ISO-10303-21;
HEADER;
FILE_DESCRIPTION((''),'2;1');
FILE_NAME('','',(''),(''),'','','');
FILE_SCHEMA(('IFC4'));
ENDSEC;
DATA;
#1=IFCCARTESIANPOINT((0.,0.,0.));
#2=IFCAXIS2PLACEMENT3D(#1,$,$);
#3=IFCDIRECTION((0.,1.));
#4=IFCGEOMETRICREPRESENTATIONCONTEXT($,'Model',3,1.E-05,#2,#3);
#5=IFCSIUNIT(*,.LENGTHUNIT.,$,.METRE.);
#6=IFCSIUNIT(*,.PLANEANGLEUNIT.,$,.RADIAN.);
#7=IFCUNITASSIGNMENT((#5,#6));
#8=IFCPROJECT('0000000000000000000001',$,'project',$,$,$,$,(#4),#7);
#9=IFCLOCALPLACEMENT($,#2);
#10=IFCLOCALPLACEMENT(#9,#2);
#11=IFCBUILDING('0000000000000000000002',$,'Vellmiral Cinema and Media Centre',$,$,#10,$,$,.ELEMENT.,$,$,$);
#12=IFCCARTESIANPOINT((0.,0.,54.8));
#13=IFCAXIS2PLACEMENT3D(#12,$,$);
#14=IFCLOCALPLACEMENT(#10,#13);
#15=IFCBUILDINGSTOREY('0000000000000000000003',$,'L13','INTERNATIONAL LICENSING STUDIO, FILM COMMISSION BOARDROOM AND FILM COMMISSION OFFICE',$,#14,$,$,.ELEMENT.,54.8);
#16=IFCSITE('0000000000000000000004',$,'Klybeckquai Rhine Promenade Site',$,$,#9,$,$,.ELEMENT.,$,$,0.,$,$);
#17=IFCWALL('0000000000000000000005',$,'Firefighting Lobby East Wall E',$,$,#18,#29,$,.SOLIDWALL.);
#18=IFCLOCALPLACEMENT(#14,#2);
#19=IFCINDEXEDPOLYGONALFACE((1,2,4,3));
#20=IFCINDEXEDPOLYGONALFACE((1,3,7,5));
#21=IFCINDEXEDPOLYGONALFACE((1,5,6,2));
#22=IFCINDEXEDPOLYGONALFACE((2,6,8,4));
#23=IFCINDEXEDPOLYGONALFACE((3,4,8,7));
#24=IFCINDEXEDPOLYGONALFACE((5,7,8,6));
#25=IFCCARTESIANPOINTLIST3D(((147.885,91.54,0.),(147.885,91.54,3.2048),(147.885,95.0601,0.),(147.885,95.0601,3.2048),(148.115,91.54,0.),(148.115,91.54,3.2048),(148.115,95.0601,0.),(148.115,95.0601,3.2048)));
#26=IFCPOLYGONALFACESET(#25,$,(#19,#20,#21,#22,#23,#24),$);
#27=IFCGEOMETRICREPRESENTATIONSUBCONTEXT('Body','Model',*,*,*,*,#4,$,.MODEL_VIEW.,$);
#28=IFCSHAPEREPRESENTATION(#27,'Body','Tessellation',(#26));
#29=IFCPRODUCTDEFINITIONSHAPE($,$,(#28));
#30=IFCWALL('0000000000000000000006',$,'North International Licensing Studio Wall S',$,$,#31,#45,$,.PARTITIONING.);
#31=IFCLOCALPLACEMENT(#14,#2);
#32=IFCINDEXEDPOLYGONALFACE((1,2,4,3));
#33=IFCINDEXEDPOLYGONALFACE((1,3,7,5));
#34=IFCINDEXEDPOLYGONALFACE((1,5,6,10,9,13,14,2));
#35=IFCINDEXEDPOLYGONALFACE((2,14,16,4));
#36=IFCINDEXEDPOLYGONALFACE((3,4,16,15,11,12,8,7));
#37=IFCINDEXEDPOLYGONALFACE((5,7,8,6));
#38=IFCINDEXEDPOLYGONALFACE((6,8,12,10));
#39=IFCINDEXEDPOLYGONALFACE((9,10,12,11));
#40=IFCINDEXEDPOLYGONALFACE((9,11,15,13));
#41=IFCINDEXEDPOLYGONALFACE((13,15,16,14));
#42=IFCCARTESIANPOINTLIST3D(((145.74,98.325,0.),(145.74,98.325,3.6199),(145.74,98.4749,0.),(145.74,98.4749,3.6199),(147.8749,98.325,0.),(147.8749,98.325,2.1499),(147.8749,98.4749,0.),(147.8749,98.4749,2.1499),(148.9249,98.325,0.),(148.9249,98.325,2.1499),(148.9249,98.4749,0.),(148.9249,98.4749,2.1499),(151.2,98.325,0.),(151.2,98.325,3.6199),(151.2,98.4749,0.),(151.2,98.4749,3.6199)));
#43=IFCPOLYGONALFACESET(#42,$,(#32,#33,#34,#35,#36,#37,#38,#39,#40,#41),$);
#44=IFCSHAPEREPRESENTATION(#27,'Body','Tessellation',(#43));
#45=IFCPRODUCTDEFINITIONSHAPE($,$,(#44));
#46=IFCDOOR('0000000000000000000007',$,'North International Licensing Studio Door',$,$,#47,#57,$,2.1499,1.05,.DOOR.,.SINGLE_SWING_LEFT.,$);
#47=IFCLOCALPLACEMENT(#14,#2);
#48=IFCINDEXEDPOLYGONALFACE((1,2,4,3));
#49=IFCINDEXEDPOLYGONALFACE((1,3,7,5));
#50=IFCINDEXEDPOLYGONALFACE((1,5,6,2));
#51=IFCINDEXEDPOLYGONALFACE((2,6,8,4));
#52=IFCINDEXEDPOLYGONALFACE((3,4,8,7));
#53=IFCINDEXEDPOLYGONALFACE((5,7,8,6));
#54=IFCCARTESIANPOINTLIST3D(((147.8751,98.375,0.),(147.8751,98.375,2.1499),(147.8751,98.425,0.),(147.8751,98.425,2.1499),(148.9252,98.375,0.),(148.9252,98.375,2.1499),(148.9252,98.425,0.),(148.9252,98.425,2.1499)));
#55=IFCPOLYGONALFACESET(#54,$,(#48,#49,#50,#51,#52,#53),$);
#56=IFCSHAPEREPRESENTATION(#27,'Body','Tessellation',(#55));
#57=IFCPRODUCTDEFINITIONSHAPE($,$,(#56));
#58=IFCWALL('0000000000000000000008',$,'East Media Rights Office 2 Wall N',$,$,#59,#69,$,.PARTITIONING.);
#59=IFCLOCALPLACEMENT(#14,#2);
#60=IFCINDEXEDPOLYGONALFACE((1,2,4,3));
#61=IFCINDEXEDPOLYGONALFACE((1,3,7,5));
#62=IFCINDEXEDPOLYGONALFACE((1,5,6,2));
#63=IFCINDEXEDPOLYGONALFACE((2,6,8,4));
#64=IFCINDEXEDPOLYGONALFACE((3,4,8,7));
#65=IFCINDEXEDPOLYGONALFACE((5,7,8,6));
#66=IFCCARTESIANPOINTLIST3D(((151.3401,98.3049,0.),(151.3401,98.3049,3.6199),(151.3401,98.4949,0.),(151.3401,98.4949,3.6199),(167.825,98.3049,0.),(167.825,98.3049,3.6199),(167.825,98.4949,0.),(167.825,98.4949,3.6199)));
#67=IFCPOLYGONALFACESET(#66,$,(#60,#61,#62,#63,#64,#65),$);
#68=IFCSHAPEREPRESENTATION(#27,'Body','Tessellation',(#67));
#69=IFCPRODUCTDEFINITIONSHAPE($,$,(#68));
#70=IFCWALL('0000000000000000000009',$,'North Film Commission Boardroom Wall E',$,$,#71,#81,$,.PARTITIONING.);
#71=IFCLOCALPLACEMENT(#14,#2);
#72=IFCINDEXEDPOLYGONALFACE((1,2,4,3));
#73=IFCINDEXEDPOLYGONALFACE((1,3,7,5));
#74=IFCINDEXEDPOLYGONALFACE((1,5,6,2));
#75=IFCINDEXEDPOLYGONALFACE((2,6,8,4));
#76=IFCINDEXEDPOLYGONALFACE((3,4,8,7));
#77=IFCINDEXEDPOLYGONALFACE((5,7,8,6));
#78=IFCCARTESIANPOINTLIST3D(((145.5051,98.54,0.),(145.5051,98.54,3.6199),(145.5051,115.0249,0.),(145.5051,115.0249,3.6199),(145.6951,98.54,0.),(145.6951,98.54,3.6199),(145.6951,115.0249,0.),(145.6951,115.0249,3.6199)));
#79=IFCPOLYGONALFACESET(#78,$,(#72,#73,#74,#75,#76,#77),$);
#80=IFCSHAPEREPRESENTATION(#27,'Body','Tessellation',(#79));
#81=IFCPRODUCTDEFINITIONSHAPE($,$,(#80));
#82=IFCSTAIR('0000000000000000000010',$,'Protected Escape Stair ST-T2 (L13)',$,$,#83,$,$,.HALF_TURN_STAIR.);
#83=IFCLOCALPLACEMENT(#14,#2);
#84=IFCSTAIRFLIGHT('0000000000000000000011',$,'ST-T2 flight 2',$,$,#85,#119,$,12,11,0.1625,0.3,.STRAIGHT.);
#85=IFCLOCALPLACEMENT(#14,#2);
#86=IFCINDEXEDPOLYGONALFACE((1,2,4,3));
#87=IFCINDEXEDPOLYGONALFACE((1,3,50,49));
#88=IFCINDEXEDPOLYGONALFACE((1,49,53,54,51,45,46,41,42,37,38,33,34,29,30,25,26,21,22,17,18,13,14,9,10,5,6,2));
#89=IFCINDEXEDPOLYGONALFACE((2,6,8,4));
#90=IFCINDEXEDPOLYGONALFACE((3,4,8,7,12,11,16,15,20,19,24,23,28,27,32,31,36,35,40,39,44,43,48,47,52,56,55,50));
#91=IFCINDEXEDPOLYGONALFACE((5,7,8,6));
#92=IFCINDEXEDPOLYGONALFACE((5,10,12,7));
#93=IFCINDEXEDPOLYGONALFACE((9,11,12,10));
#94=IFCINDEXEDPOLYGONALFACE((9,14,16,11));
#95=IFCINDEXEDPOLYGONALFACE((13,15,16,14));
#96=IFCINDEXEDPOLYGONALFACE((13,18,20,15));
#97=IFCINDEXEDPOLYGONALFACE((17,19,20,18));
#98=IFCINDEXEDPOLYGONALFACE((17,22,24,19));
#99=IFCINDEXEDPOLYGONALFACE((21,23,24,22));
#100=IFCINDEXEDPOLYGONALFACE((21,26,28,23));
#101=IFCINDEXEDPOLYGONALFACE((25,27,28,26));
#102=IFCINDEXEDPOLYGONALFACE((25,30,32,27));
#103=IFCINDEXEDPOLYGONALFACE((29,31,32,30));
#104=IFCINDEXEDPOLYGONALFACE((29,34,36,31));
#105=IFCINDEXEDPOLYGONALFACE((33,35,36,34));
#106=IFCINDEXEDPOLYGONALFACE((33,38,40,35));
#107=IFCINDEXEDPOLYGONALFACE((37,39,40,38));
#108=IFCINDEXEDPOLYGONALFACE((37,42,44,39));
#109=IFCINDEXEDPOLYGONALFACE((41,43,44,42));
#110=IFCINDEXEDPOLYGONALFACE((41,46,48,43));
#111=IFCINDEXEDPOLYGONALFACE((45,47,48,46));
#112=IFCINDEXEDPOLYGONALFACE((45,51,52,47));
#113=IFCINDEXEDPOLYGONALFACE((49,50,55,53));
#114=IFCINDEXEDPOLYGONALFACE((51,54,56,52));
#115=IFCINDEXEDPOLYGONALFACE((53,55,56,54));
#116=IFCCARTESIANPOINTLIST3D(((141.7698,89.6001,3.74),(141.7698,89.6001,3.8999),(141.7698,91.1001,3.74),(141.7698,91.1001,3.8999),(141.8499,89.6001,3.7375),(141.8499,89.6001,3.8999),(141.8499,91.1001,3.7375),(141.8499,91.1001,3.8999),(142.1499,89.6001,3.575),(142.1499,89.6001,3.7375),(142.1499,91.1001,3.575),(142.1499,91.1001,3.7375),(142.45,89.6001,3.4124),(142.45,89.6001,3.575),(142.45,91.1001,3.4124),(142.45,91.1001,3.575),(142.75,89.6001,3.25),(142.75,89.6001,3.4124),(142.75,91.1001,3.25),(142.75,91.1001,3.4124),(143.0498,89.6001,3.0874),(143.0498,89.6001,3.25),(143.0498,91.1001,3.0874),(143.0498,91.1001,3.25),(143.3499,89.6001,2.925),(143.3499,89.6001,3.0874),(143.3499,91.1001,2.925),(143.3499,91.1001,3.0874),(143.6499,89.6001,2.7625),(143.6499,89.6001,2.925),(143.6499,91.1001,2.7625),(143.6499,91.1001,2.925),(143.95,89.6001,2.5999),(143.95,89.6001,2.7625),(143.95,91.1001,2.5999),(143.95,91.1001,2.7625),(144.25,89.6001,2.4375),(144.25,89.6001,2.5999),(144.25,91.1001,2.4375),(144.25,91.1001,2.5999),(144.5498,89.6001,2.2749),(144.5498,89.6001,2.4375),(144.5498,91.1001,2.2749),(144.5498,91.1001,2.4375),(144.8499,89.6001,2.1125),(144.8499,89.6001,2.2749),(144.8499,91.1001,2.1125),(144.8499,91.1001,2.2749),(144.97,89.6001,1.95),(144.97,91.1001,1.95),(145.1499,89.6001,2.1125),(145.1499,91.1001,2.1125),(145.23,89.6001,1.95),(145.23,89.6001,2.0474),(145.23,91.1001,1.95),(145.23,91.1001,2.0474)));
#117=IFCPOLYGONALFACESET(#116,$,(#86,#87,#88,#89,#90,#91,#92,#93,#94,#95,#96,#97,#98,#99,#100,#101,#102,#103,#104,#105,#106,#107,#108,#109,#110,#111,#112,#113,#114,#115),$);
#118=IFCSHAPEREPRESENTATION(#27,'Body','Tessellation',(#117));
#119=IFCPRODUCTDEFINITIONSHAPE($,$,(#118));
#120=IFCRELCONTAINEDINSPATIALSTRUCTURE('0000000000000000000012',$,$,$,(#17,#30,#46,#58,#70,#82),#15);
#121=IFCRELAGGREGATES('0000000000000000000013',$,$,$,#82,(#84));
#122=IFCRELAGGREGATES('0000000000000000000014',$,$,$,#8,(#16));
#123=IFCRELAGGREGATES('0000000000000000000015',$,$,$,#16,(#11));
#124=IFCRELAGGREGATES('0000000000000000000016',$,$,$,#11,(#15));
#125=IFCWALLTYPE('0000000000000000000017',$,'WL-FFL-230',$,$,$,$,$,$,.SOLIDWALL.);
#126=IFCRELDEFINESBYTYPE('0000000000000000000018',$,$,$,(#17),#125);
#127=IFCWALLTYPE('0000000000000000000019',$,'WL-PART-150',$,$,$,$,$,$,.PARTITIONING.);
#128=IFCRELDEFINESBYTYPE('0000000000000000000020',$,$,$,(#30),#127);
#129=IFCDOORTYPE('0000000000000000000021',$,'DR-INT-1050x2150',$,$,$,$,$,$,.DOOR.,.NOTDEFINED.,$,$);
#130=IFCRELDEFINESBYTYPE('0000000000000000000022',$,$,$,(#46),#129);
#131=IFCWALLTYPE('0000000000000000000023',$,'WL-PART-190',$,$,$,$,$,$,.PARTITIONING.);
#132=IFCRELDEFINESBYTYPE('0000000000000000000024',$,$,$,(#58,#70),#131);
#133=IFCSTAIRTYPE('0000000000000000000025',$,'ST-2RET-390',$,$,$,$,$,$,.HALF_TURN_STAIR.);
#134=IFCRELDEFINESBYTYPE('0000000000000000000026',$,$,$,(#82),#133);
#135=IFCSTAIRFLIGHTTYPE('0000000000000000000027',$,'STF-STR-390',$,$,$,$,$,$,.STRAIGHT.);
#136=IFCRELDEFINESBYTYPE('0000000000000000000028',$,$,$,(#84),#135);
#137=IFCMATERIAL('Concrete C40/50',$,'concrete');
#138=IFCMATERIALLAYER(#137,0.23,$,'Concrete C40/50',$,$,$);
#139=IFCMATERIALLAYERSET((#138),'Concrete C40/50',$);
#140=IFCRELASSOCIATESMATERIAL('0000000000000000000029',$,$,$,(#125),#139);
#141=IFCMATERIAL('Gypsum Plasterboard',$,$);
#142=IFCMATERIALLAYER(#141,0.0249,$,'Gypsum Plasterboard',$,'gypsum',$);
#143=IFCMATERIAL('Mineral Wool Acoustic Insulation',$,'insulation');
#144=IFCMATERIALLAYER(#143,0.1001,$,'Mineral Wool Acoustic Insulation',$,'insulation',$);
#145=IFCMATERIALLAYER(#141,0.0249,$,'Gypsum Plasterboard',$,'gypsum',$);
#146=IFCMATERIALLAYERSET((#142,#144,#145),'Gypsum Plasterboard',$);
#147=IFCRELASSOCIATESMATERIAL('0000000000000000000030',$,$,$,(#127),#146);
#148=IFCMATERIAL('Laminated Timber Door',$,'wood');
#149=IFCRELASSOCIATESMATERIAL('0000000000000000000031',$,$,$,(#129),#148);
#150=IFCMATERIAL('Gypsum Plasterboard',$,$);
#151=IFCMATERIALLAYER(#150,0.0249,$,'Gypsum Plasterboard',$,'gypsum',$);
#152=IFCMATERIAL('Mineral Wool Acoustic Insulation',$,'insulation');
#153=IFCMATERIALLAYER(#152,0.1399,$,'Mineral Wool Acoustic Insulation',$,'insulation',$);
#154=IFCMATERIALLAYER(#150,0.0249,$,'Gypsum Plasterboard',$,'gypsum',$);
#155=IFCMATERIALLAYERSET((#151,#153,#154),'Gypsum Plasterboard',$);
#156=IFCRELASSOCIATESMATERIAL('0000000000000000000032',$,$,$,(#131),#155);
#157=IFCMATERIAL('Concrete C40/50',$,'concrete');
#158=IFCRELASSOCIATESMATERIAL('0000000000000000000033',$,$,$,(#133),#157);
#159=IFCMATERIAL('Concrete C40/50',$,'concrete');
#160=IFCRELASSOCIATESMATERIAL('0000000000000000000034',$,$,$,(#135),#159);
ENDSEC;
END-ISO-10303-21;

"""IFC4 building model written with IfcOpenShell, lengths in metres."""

from ifc_helpers import new_model, si_unit, direction, frame, frame_2d, origin, place, context, subcontext, project, spatial, polyline, rectangle, outline, extrude, material, layer, layer_set, type_object, element, fill, aggregate, save


model = new_model("IFC4")

# Units and contexts
model_context = context("Model", 3, precision=1e-05, world=origin(), true_north=direction((0.0, 1.0)))
body_context = subcontext(model_context, "Body", "Model", "MODEL_VIEW")
ifc_project = project(units=[si_unit("LENGTHUNIT", "METRE"), si_unit("PLANEANGLEUNIT", "RADIAN")], contexts=[model_context])

# Site, building, storey
site_placement = place(None, origin())
site = spatial("IfcSite", under=ifc_project, at=site_placement, Name="Klybeckquai Rhine Promenade Site", CompositionType="ELEMENT", RefElevation=0.0)
building_placement = place(site_placement, origin())
building = spatial("IfcBuilding", under=site, at=building_placement, Name="Vellmiral Cinema and Media Centre", CompositionType="ELEMENT")
storey_placement = place(building_placement, frame((0.0, 0.0, 54.8)))
storey = spatial("IfcBuildingStorey", under=building, at=storey_placement, Name="L13", Description="INTERNATIONAL LICENSING STUDIO, FILM COMMISSION BOARDROOM AND FILM COMMISSION OFFICE", CompositionType="ELEMENT", Elevation=54.8)

# Wall
ifc_material_1 = material(Name="Concrete C40/50", Category="concrete")
ifc_layer_1 = layer(ifc_material_1, 0.23, Name="Concrete C40/50")
ifc_layer_set_1 = layer_set([ifc_layer_1], Name="Concrete C40/50")
wall_type_1 = type_object("IfcWallType", Name="WL-FFL-230", PredefinedType="SOLIDWALL", material=ifc_layer_set_1)
wall_1_placement = place(storey_placement, frame((148.0, 91.54, 0.0), z_axis=(0.0, 0.0, 1.0), x_axis=(0.0, 1.0, 0.0)))
element("IfcWall", 1, at=wall_1_placement, inside=storey, type_object=wall_type_1, Name="Firefighting Lobby East Wall E", PredefinedType="SOLIDWALL", context=body_context, shape_type="SweptSolid", body=[
    extrude(rectangle(XDim=3.52, YDim=0.23, at=frame_2d((1.76, 0.0))), origin(), (0.0, 0.0, 1.0), 3.2048),
])

# Wall, opening, door
ifc_material_2 = material(Name="Gypsum Plasterboard")
ifc_layer_2 = layer(ifc_material_2, 0.0249, Name="Gypsum Plasterboard", Category="gypsum")
ifc_material_3 = material(Name="Mineral Wool Acoustic Insulation", Category="insulation")
ifc_layer_3 = layer(ifc_material_3, 0.1001, Name="Mineral Wool Acoustic Insulation", Category="insulation")
ifc_layer_4 = layer(ifc_material_2, 0.0249, Name="Gypsum Plasterboard", Category="gypsum")
ifc_layer_set_2 = layer_set([ifc_layer_2, ifc_layer_3, ifc_layer_4], Name="Gypsum Plasterboard")
wall_type_2 = type_object("IfcWallType", Name="WL-PART-150", PredefinedType="PARTITIONING", material=ifc_layer_set_2)
wall_2_placement = place(storey_placement, frame((145.74, 98.3999, 0.0), z_axis=(0.0, 0.0, 1.0), x_axis=(1.0, 0.0, 0.0)))
wall_2 = element("IfcWall", 2, at=wall_2_placement, inside=storey, type_object=wall_type_2, Name="North International Licensing Studio Wall S", PredefinedType="PARTITIONING", context=body_context, shape_type="SweptSolid", body=[
    extrude(rectangle(XDim=5.46, YDim=0.1499, at=frame_2d((2.73, 0.0))), origin(), (0.0, 0.0, 1.0), 3.6199),
])
opening_1_placement = place(wall_2_placement, frame((2.135, 0.0, 0.0)))
opening_1 = element("IfcOpeningElement", 3, at=opening_1_placement, cuts=wall_2, PredefinedType="OPENING", context=body_context, shape_type="SweptSolid", body=[
    extrude(rectangle(XDim=1.05, YDim=2.1499, at=frame_2d((0.5249, 1.075))), frame((0.0, 0.0869, 0.0), z_axis=(0.0, -1.0, 0.0), x_axis=(1.0, 0.0, 0.0)), (0.0, 0.0, 1.0), 0.1738),
])
ifc_material_4 = material(Name="Laminated Timber Door", Category="wood")
door_type_1 = type_object("IfcDoorType", Name="DR-INT-1050x2150", OperationType="NOTDEFINED", PredefinedType="DOOR", material=ifc_material_4)
door_1_placement = place(opening_1_placement, frame((1.05, 0.0, 0.0), z_axis=(0.0, 0.0, 1.0), x_axis=(-1.0, 0.0, 0.0)))
door_1 = element("IfcDoor", 4, at=door_1_placement, inside=storey, type_object=door_type_1, Name="North International Licensing Studio Door", OperationType="SINGLE_SWING_LEFT", OverallHeight=2.1499, OverallWidth=1.05, PredefinedType="DOOR", context=body_context, shape_type="SweptSolid", body=[
    extrude(rectangle(XDim=1.05, YDim=2.1499, at=frame_2d((0.5249, 1.075))), frame((0.0, 0.0249, 0.0), z_axis=(0.0, -1.0, 0.0), x_axis=(1.0, 0.0, 0.0)), (0.0, 0.0, 1.0), 0.05),
])
fill(opening_1, door_1)

# Walls
ifc_material_5 = material(Name="Gypsum Plasterboard")
ifc_layer_5 = layer(ifc_material_5, 0.0249, Name="Gypsum Plasterboard", Category="gypsum")
ifc_material_6 = material(Name="Mineral Wool Acoustic Insulation", Category="insulation")
ifc_layer_6 = layer(ifc_material_6, 0.1399, Name="Mineral Wool Acoustic Insulation", Category="insulation")
ifc_layer_7 = layer(ifc_material_5, 0.0249, Name="Gypsum Plasterboard", Category="gypsum")
ifc_layer_set_3 = layer_set([ifc_layer_5, ifc_layer_6, ifc_layer_7], Name="Gypsum Plasterboard")
wall_type_3 = type_object("IfcWallType", Name="WL-PART-190", PredefinedType="PARTITIONING", material=ifc_layer_set_3)
for number, where, z_axis, x_axis, name in (
    (5, (151.3401, 98.3999, 0.0), (0.0, 0.0, 1.0), (1.0, 0.0, 0.0), "East Media Rights Office 2 Wall N"),
    (6, (145.6001, 98.54, 0.0), (0.0, 0.0, 1.0), (0.0, 1.0, 0.0), "North Film Commission Boardroom Wall E"),
):
    element("IfcWall", number, at=place(storey_placement, frame(where, z_axis=z_axis, x_axis=x_axis)), inside=storey, type_object=wall_type_3, Name=name, PredefinedType="PARTITIONING", context=body_context, shape_type="SweptSolid", body=[
        extrude(rectangle(XDim=16.4849, YDim=0.1899, at=frame_2d((8.2424, 0.0))), origin(), (0.0, 0.0, 1.0), 3.6199),
    ])

# Stair, stair flight
ifc_material_7 = material(Name="Concrete C40/50", Category="concrete")
stair_type = type_object("IfcStairType", Name="ST-2RET-390", PredefinedType="HALF_TURN_STAIR", material=ifc_material_7)
stair_placement = place(storey_placement, origin())
stair = element("IfcStair", 7, at=stair_placement, inside=storey, type_object=stair_type, Name="Protected Escape Stair ST-T2 (L13)", PredefinedType="HALF_TURN_STAIR")
ifc_material_8 = material(Name="Concrete C40/50", Category="concrete")
stair_flight_type = type_object("IfcStairFlightType", Name="STF-STR-390", PredefinedType="STRAIGHT", material=ifc_material_8)
stair_flight_placement = place(storey_placement, frame((145.1499, 90.3501, 1.95), z_axis=(0.0, 0.0, 1.0), x_axis=(-1.0, 0.0, 0.0)))
stair_flight = element("IfcStairFlight", 8, at=stair_flight_placement, type_object=stair_flight_type, Name="ST-T2 flight 2", NumberOfRisers=12, NumberOfTreads=11, PredefinedType="STRAIGHT", RiserHeight=0.1625, TreadLength=0.3, context=body_context, shape_type="SweptSolid", body=[
    extrude(outline(polyline([(-0.0801, 0.0), (-0.0801, 0.0974), (0.0, 0.1626), (0.3, 0.1626), (0.3, 0.325), (0.6001, 0.325), (0.6001, 0.4875), (0.8999, 0.4875), (0.8999, 0.6499), (1.2, 0.6499), (1.2, 0.8125), (1.5, 0.8125), (1.5, 0.9751), (1.8, 0.9751), (1.8, 1.1375), (2.1001, 1.1375), (2.1001, 1.3), (2.3999, 1.3), (2.3999, 1.4624), (2.7, 1.4624), (2.7, 1.625), (3.0, 1.625), (3.0, 1.7876), (3.3, 1.7876), (3.3, 1.95), (3.3801, 1.95), (3.3801, 1.79), (0.1799, 0.0), (-0.0801, 0.0)])), frame((0.0, 0.75, 0.0), z_axis=(0.0, -1.0, 0.0), x_axis=(1.0, 0.0, 0.0)), (0.0, 0.0, 1.0), 1.5),
])
aggregate(stair, [stair_flight])

save(model, "model.ifc")
